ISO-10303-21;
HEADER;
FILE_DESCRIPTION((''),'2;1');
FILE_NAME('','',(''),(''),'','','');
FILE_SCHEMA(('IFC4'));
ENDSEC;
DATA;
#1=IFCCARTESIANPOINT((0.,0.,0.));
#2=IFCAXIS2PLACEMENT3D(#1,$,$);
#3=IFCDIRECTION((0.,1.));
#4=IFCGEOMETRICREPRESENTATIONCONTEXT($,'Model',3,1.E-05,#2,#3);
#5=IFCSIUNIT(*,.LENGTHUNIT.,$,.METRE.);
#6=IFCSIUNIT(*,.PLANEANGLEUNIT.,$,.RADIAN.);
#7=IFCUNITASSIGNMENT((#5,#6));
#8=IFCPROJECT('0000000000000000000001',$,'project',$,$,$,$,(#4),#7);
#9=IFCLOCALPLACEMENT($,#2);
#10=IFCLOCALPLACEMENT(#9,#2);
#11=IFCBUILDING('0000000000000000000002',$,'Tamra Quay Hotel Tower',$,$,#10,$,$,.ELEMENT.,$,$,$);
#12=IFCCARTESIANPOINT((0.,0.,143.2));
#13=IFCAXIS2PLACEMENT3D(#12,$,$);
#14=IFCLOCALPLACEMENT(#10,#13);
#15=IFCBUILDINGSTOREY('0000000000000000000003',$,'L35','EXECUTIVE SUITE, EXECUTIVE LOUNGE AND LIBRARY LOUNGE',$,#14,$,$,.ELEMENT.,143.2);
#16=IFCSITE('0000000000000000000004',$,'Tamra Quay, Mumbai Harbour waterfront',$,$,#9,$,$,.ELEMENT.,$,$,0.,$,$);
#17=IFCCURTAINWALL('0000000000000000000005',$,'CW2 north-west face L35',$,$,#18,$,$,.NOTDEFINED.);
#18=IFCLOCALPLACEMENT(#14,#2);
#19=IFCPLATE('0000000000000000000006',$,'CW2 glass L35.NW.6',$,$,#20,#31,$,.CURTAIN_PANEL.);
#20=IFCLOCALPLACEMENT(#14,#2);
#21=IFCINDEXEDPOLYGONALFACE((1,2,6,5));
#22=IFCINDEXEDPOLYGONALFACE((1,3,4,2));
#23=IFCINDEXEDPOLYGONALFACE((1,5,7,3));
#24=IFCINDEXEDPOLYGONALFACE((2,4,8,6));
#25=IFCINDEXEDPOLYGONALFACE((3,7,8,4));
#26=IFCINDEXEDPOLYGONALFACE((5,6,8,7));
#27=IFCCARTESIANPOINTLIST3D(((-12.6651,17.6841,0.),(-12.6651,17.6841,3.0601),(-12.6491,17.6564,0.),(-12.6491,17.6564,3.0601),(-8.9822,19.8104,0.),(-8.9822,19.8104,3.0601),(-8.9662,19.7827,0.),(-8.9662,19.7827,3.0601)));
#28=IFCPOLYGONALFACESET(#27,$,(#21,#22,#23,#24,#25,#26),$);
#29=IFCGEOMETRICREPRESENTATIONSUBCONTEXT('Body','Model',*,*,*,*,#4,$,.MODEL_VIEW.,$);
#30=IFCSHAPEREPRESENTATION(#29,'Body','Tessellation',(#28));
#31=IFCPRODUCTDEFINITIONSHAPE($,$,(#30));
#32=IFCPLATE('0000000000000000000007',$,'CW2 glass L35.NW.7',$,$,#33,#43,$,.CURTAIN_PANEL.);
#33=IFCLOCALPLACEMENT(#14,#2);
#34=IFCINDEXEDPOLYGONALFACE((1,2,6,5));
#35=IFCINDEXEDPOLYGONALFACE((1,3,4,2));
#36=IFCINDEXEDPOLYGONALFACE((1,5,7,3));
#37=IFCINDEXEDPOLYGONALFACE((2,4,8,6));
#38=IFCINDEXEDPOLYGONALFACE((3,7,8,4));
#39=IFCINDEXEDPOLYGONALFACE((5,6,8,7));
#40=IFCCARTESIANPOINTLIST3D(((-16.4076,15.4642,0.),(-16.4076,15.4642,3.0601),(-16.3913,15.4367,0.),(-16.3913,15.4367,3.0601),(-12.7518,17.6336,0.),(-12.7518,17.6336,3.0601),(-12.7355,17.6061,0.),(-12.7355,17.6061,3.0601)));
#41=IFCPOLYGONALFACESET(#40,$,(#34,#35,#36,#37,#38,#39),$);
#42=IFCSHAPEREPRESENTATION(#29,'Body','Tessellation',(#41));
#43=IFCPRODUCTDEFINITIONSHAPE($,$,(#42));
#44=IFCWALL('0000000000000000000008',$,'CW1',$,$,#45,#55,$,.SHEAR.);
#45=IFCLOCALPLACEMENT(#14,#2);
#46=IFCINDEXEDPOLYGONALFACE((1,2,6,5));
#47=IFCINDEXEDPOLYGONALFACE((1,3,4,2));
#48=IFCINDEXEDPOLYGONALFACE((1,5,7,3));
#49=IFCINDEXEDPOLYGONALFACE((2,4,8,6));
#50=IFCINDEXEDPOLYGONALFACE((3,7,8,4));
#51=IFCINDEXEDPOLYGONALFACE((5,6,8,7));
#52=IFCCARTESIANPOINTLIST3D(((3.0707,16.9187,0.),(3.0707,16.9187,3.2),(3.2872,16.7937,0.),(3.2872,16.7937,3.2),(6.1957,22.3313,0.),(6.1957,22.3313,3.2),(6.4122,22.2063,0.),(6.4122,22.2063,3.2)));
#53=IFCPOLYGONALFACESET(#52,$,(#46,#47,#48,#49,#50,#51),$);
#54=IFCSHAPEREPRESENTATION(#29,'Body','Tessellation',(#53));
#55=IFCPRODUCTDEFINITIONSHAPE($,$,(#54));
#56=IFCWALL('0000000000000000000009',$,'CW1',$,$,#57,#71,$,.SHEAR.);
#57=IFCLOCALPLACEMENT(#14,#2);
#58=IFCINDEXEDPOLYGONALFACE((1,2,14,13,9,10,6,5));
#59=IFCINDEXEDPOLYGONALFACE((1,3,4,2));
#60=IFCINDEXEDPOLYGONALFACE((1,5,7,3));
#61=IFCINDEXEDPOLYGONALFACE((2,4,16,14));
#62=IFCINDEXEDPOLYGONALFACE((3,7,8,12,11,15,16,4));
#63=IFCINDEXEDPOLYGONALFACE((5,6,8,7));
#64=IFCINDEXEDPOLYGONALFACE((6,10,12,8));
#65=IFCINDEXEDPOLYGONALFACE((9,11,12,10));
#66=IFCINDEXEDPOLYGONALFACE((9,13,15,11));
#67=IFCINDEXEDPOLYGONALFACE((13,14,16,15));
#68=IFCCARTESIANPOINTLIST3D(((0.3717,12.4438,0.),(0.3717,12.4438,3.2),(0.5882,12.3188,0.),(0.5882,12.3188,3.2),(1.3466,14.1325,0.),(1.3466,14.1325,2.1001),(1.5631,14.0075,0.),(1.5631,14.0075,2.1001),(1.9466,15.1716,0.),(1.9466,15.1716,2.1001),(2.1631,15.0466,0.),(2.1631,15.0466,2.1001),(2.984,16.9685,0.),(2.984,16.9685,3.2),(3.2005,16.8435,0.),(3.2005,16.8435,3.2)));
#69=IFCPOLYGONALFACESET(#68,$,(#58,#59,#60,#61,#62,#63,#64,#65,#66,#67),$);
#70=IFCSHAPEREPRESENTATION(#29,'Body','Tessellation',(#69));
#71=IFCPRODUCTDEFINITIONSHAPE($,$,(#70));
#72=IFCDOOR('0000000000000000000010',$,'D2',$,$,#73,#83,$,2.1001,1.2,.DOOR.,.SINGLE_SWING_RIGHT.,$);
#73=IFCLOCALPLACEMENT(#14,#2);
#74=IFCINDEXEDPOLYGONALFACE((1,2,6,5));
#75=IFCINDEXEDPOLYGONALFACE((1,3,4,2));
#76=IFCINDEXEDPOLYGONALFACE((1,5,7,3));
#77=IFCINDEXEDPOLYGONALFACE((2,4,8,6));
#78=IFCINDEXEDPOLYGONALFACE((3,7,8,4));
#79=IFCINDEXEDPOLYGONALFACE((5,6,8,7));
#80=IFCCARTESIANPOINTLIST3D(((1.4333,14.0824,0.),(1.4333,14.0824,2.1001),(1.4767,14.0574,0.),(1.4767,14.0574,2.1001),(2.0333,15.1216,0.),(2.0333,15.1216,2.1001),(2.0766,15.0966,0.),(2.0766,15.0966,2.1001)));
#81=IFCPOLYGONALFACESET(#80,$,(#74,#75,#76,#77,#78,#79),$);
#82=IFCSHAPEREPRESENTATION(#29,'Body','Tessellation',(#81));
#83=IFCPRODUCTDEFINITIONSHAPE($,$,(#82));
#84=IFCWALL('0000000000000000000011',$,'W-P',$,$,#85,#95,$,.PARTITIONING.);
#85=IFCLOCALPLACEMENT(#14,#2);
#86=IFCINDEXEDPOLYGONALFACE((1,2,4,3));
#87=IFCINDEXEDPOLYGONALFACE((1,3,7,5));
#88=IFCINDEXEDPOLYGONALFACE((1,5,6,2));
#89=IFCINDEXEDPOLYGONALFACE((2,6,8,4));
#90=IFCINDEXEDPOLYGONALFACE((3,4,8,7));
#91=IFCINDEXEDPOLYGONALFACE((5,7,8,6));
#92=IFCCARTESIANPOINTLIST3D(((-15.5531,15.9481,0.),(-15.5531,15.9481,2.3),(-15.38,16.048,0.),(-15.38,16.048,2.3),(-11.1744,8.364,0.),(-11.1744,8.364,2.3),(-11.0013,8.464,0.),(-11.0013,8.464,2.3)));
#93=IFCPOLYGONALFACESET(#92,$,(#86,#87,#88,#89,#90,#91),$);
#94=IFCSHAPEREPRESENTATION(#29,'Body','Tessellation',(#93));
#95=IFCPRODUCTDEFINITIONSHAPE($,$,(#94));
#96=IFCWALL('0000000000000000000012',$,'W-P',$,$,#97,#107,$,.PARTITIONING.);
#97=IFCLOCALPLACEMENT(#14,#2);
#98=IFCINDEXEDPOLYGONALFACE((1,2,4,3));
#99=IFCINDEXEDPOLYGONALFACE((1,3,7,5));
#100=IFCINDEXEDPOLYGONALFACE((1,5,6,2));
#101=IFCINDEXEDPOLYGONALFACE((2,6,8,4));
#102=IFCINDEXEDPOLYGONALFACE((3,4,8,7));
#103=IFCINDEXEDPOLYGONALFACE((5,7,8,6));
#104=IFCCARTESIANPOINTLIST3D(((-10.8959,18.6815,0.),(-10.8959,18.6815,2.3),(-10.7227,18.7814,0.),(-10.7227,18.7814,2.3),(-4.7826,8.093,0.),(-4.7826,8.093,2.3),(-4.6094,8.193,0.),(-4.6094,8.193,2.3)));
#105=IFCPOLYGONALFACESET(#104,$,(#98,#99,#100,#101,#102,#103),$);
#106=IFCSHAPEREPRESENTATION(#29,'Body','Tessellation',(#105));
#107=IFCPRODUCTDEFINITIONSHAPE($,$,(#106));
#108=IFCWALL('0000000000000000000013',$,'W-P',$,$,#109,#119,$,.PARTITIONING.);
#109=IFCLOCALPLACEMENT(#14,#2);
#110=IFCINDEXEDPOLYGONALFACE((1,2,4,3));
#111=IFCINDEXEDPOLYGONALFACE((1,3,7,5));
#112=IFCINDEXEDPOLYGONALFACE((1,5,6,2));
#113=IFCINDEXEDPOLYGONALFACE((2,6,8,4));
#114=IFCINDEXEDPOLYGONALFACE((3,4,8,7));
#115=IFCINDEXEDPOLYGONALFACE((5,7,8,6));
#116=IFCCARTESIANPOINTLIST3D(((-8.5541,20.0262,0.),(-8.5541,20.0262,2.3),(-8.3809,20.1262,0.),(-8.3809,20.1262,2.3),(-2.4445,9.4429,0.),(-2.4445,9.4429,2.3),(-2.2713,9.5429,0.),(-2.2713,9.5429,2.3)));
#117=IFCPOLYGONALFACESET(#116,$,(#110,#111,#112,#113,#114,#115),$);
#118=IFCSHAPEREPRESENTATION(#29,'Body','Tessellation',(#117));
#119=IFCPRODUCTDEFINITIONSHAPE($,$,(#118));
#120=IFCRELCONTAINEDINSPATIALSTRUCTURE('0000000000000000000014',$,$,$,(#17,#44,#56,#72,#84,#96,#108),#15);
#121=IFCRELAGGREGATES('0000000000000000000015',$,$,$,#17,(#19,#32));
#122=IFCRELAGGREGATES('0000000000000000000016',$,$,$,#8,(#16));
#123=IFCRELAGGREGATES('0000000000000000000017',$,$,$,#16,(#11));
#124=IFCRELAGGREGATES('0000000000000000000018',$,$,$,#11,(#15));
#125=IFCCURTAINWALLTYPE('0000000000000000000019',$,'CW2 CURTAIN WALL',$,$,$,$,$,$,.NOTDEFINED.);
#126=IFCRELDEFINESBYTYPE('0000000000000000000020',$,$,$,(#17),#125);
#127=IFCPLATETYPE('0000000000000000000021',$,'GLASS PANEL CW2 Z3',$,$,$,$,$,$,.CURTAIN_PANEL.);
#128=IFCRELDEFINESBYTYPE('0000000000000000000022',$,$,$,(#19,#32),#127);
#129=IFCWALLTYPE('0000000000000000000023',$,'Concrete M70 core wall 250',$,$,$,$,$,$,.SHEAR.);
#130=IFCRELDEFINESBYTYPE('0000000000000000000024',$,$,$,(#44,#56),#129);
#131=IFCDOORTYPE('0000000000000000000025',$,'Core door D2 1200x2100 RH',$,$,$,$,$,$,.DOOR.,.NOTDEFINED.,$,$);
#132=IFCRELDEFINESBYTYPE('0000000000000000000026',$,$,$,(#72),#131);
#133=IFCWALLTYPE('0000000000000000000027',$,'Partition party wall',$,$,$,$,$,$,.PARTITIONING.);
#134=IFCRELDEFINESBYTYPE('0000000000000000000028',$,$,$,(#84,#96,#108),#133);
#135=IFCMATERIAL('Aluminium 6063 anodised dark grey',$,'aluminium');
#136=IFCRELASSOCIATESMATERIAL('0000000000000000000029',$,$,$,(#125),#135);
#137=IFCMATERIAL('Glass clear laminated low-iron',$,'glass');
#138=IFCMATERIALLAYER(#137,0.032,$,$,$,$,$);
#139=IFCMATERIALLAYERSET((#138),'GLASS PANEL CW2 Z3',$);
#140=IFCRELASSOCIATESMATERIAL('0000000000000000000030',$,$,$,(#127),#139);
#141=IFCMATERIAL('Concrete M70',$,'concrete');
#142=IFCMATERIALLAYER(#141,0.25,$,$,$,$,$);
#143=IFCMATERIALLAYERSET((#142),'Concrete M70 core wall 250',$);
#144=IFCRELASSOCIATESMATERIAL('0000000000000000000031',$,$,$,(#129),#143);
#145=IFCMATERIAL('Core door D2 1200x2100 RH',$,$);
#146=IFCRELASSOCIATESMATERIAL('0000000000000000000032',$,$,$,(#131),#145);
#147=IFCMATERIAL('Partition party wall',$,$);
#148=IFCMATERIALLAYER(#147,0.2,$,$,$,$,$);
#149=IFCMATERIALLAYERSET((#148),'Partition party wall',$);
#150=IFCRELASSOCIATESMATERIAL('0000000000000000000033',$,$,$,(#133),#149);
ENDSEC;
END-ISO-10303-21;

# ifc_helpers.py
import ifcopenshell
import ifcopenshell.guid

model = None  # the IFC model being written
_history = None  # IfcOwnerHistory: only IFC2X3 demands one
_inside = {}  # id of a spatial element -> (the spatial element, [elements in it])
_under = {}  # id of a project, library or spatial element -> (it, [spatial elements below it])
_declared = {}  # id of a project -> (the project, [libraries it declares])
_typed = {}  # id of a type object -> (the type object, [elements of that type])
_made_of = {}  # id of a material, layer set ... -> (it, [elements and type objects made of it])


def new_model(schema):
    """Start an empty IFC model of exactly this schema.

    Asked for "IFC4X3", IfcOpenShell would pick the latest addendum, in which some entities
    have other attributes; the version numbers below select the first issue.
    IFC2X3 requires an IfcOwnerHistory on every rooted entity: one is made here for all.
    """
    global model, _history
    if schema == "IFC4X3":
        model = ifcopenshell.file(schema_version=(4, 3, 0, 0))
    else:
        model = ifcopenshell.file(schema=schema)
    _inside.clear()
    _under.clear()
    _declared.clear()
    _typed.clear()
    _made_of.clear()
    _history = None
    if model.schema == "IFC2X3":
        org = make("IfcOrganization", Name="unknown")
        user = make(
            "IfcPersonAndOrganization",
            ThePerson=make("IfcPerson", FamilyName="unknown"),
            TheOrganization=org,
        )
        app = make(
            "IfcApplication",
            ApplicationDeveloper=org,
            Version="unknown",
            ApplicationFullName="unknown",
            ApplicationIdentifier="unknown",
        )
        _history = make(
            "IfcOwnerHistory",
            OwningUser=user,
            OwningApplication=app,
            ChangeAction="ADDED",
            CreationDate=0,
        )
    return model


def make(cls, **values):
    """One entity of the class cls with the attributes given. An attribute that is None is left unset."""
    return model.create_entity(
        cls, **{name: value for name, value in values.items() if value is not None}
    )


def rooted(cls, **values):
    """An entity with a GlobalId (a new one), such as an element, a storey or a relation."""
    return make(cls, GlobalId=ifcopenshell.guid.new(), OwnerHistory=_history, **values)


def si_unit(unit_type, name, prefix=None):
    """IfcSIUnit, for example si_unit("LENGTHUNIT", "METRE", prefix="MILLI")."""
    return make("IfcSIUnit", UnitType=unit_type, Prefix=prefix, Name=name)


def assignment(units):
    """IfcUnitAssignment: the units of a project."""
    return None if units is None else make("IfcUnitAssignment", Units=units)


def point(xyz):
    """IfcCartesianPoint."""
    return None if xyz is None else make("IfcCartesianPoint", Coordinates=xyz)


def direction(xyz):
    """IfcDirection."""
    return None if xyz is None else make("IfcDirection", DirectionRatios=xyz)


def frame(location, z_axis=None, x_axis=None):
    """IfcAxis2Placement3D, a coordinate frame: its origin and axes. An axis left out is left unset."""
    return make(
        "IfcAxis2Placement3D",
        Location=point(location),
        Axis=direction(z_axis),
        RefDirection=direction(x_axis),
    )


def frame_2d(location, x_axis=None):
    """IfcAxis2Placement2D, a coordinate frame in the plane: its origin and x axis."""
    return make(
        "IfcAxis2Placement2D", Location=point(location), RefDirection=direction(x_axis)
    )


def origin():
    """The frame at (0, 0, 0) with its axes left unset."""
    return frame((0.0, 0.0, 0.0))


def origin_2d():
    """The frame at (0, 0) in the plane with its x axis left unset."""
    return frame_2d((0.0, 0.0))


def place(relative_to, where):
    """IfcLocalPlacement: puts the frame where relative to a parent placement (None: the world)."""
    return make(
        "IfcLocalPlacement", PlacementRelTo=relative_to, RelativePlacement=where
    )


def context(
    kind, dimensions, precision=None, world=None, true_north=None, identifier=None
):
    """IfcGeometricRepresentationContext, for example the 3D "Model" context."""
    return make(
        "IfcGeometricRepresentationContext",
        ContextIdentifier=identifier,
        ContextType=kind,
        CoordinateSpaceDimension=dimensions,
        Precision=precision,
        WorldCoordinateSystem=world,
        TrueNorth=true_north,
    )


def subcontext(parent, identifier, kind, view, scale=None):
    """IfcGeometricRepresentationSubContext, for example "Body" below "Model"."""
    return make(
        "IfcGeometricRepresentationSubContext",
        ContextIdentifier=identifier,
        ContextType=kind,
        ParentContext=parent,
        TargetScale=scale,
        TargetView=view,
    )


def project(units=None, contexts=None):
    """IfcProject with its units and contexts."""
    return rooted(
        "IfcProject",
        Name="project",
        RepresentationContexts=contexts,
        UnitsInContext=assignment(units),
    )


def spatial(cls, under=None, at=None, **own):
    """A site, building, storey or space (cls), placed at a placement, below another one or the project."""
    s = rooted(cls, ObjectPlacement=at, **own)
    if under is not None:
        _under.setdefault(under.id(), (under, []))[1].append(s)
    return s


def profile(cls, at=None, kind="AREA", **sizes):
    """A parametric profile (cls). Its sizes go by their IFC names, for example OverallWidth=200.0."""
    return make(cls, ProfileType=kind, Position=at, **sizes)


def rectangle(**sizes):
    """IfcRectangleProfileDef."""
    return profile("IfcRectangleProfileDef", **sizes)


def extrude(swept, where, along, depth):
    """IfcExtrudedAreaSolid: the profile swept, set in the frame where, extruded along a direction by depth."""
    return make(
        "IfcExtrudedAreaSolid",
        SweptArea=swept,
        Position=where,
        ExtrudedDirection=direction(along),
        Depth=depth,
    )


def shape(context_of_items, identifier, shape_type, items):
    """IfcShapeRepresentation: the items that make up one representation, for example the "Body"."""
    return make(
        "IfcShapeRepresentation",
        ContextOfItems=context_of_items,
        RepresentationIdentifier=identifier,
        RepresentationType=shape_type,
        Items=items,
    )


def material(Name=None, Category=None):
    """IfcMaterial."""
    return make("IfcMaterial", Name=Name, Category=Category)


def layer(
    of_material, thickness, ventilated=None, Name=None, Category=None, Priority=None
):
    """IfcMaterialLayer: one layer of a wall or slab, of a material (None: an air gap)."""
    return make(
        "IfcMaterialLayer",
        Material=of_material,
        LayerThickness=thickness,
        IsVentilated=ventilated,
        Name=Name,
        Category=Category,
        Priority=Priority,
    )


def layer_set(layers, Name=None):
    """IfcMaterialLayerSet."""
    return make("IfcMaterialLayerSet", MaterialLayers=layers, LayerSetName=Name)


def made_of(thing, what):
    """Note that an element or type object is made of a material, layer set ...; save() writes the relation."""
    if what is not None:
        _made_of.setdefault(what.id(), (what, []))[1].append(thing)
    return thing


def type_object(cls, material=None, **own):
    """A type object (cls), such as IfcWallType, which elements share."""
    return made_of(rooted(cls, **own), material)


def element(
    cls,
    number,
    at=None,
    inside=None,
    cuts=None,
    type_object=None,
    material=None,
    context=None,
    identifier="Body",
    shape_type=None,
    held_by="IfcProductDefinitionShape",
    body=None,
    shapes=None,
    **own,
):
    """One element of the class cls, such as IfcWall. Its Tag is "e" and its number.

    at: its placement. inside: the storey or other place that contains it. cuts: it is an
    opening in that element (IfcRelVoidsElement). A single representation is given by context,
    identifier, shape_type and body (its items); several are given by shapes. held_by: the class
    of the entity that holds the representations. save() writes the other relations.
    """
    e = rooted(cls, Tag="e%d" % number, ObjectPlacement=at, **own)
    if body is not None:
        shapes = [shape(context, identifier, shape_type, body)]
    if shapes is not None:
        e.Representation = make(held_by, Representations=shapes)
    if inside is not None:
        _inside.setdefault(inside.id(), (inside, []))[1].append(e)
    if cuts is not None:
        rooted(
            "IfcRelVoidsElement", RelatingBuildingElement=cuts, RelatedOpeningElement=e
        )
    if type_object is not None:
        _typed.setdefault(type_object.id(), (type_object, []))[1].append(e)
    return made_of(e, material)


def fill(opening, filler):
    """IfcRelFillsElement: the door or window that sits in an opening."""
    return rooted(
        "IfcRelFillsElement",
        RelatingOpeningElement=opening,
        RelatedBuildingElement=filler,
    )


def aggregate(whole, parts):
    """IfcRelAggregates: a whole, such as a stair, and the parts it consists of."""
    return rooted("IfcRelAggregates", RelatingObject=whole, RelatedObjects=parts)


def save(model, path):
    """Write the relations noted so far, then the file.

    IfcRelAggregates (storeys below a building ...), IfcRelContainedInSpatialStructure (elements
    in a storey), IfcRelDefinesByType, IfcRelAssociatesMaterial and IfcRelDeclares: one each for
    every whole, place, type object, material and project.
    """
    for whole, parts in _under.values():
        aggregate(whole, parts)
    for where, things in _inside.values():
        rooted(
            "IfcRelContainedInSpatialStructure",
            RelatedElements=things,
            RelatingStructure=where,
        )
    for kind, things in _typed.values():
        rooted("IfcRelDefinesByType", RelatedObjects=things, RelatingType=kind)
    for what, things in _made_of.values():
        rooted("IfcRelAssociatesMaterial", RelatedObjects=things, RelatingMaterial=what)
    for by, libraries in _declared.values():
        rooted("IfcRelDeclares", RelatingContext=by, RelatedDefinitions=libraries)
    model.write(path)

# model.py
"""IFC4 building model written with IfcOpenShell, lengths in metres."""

from ifc_helpers import new_model, si_unit, direction, frame, frame_2d, origin, origin_2d, place, context, subcontext, project, spatial, rectangle, extrude, material, layer, layer_set, type_object, element, fill, aggregate, save


model = new_model("IFC4")

# Units and contexts
model_context = context("Model", 3, precision=1e-05, world=origin(), true_north=direction((0.0, 1.0)))
body_context = subcontext(model_context, "Body", "Model", "MODEL_VIEW")
ifc_project = project(units=[si_unit("LENGTHUNIT", "METRE"), si_unit("PLANEANGLEUNIT", "RADIAN")], contexts=[model_context])

# Site, building, storey
site_placement = place(None, origin())
site = spatial("IfcSite", under=ifc_project, at=site_placement, Name="Tamra Quay, Mumbai Harbour waterfront", CompositionType="ELEMENT", RefElevation=0.0)
building_placement = place(site_placement, origin())
building = spatial("IfcBuilding", under=site, at=building_placement, Name="Tamra Quay Hotel Tower", CompositionType="ELEMENT")
storey_placement = place(building_placement, frame((0.0, 0.0, 143.2)))
storey = spatial("IfcBuildingStorey", under=building, at=storey_placement, Name="L35", Description="EXECUTIVE SUITE, EXECUTIVE LOUNGE AND LIBRARY LOUNGE", CompositionType="ELEMENT", Elevation=143.2)

# Shared definitions
ifc_material_1 = material(Name="Concrete M70", Category="concrete")

# Curtain wall, plates
ifc_material_2 = material(Name="Aluminium 6063 anodised dark grey", Category="aluminium")
curtain_wall_type = type_object("IfcCurtainWallType", Name="CW2 CURTAIN WALL", PredefinedType="NOTDEFINED", material=ifc_material_2)
curtain_wall_placement = place(storey_placement, origin())
curtain_wall = element("IfcCurtainWall", 1, at=curtain_wall_placement, inside=storey, type_object=curtain_wall_type, Name="CW2 north-west face L35", PredefinedType="NOTDEFINED")
ifc_material_3 = material(Name="Glass clear laminated low-iron", Category="glass")
ifc_layer_1 = layer(ifc_material_3, 0.032)
ifc_layer_set_1 = layer_set([ifc_layer_1], Name="GLASS PANEL CW2 Z3")
plate_type = type_object("IfcPlateType", Name="GLASS PANEL CW2 Z3", PredefinedType="CURTAIN_PANEL", material=ifc_layer_set_1)
plate_1_placement = place(storey_placement, frame((-10.8157, 18.7334, 0.0), z_axis=(0.0, 0.0, 1.0), x_axis=(-0.866025, -0.5, 0.0)))
plate_1 = element("IfcPlate", 2, at=plate_1_placement, type_object=plate_type, Name="CW2 glass L35.NW.6", PredefinedType="CURTAIN_PANEL", context=body_context, shape_type="SweptSolid", body=[
    extrude(rectangle(XDim=4.2527, YDim=0.032, at=origin_2d()), origin(), (0.0, 0.0, 1.0), 3.0601),
])
plate_2_placement = place(storey_placement, frame((-14.5715, 16.5352, 0.0), z_axis=(0.0, 0.0, 1.0), x_axis=(-0.859985, -0.510319, 0.0)))
plate_2 = element("IfcPlate", 3, at=plate_2_placement, type_object=plate_type, Name="CW2 glass L35.NW.7", PredefinedType="CURTAIN_PANEL", context=body_context, shape_type="SweptSolid", body=[
    extrude(rectangle(XDim=4.251, YDim=0.032, at=origin_2d()), origin(), (0.0, 0.0, 1.0), 3.0601),
])
aggregate(curtain_wall, [plate_1, plate_2])

# Wall
ifc_layer_2 = layer(ifc_material_1, 0.25)
ifc_layer_set_2 = layer_set([ifc_layer_2], Name="Concrete M70 core wall 250")
wall_type_1 = type_object("IfcWallType", Name="Concrete M70 core wall 250", PredefinedType="SHEAR", material=ifc_layer_set_2)
wall_1_placement = place(storey_placement, frame((3.179, 16.8562, 0.0), z_axis=(0.0, 0.0, 1.0), x_axis=(0.500004, 0.866023, 0.0)))
element("IfcWall", 4, at=wall_1_placement, inside=storey, type_object=wall_type_1, Name="CW1", PredefinedType="SHEAR", context=body_context, shape_type="SweptSolid", body=[
    extrude(rectangle(XDim=6.25, YDim=0.25, at=frame_2d((3.125, 0.0))), origin(), (0.0, 0.0, 1.0), 3.2),
])

# Wall, opening, door
wall_2_placement = place(storey_placement, frame((0.48, 12.3813, 0.0), z_axis=(0.0, 0.0, 1.0), x_axis=(0.499999, 0.866026, 0.0)))
wall_2 = element("IfcWall", 5, at=wall_2_placement, inside=storey, type_object=wall_type_1, Name="CW1", PredefinedType="SHEAR", context=body_context, shape_type="SweptSolid", body=[
    extrude(rectangle(XDim=5.2246, YDim=0.25, at=frame_2d((2.6123, 0.0))), origin(), (0.0, 0.0, 1.0), 3.2),
])
opening_placement = place(wall_2_placement, frame((1.9497, 0.0, 0.0)))
opening = element("IfcOpeningElement", 6, at=opening_placement, cuts=wall_2, PredefinedType="OPENING", context=body_context, shape_type="SweptSolid", body=[
    extrude(rectangle(XDim=1.2, YDim=2.1001, at=frame_2d((0.6001, 1.05))), frame((0.0, 0.135, 0.0), z_axis=(0.0, -1.0, 0.0), x_axis=(1.0, 0.0, 0.0)), (0.0, 0.0, 1.0), 0.27),
])
ifc_material_4 = material(Name="Core door D2 1200x2100 RH")
door_type = type_object("IfcDoorType", Name="Core door D2 1200x2100 RH", OperationType="NOTDEFINED", PredefinedType="DOOR", material=ifc_material_4)
door_placement = place(opening_placement, origin())
door = element("IfcDoor", 7, at=door_placement, inside=storey, type_object=door_type, Name="D2", OperationType="SINGLE_SWING_RIGHT", OverallHeight=2.1001, OverallWidth=1.2, PredefinedType="DOOR", context=body_context, shape_type="SweptSolid", body=[
    extrude(rectangle(XDim=1.2, YDim=2.1001, at=frame_2d((0.6001, 1.05))), frame((0.0, 0.0249, 0.0), z_axis=(0.0, -1.0, 0.0), x_axis=(1.0, 0.0, 0.0)), (0.0, 0.0, 1.0), 0.05),
])
fill(opening, door)

# Walls
ifc_material_5 = material(Name="Partition party wall")
ifc_layer_3 = layer(ifc_material_5, 0.2)
ifc_layer_set_3 = layer_set([ifc_layer_3], Name="Partition party wall")
wall_type_2 = type_object("IfcWallType", Name="Partition party wall", PredefinedType="PARTITIONING", material=ifc_layer_set_3)
wall_3_placement = place(storey_placement, frame((-15.4666, 15.998, 0.0), z_axis=(0.0, 0.0, 1.0), x_axis=(0.500004, -0.866023, 0.0)))
element("IfcWall", 8, at=wall_3_placement, inside=storey, type_object=wall_type_2, Name="W-P", PredefinedType="PARTITIONING", context=body_context, shape_type="SweptSolid", body=[
    extrude(rectangle(XDim=8.7573, YDim=0.2, at=frame_2d((4.3787, 0.0))), origin(), (0.0, 0.0, 1.0), 2.3),
])
wall_4_placement = place(storey_placement, frame((-10.8093, 18.7314, 0.0), z_axis=(0.0, 0.0, 1.0), x_axis=(0.500005, -0.866023, 0.0)))
element("IfcWall", 9, at=wall_4_placement, inside=storey, type_object=wall_type_2, Name="W-P", PredefinedType="PARTITIONING", context=body_context, shape_type="SweptSolid", body=[
    extrude(rectangle(XDim=12.2266, YDim=0.2, at=frame_2d((6.1133, 0.0))), origin(), (0.0, 0.0, 1.0), 2.3),
])
wall_5_placement = place(storey_placement, frame((-8.4675, 20.0762, 0.0), z_axis=(0.0, 0.0, 1.0), x_axis=(0.499962, -0.866048, 0.0)))
element("IfcWall", 10, at=wall_5_placement, inside=storey, type_object=wall_type_2, Name="W-P", PredefinedType="PARTITIONING", context=body_context, shape_type="SweptSolid", body=[
    extrude(rectangle(XDim=12.2202, YDim=0.2, at=frame_2d((6.1101, 0.0))), origin(), (0.0, 0.0, 1.0), 2.3),
])

save(model, "model.ifc")
